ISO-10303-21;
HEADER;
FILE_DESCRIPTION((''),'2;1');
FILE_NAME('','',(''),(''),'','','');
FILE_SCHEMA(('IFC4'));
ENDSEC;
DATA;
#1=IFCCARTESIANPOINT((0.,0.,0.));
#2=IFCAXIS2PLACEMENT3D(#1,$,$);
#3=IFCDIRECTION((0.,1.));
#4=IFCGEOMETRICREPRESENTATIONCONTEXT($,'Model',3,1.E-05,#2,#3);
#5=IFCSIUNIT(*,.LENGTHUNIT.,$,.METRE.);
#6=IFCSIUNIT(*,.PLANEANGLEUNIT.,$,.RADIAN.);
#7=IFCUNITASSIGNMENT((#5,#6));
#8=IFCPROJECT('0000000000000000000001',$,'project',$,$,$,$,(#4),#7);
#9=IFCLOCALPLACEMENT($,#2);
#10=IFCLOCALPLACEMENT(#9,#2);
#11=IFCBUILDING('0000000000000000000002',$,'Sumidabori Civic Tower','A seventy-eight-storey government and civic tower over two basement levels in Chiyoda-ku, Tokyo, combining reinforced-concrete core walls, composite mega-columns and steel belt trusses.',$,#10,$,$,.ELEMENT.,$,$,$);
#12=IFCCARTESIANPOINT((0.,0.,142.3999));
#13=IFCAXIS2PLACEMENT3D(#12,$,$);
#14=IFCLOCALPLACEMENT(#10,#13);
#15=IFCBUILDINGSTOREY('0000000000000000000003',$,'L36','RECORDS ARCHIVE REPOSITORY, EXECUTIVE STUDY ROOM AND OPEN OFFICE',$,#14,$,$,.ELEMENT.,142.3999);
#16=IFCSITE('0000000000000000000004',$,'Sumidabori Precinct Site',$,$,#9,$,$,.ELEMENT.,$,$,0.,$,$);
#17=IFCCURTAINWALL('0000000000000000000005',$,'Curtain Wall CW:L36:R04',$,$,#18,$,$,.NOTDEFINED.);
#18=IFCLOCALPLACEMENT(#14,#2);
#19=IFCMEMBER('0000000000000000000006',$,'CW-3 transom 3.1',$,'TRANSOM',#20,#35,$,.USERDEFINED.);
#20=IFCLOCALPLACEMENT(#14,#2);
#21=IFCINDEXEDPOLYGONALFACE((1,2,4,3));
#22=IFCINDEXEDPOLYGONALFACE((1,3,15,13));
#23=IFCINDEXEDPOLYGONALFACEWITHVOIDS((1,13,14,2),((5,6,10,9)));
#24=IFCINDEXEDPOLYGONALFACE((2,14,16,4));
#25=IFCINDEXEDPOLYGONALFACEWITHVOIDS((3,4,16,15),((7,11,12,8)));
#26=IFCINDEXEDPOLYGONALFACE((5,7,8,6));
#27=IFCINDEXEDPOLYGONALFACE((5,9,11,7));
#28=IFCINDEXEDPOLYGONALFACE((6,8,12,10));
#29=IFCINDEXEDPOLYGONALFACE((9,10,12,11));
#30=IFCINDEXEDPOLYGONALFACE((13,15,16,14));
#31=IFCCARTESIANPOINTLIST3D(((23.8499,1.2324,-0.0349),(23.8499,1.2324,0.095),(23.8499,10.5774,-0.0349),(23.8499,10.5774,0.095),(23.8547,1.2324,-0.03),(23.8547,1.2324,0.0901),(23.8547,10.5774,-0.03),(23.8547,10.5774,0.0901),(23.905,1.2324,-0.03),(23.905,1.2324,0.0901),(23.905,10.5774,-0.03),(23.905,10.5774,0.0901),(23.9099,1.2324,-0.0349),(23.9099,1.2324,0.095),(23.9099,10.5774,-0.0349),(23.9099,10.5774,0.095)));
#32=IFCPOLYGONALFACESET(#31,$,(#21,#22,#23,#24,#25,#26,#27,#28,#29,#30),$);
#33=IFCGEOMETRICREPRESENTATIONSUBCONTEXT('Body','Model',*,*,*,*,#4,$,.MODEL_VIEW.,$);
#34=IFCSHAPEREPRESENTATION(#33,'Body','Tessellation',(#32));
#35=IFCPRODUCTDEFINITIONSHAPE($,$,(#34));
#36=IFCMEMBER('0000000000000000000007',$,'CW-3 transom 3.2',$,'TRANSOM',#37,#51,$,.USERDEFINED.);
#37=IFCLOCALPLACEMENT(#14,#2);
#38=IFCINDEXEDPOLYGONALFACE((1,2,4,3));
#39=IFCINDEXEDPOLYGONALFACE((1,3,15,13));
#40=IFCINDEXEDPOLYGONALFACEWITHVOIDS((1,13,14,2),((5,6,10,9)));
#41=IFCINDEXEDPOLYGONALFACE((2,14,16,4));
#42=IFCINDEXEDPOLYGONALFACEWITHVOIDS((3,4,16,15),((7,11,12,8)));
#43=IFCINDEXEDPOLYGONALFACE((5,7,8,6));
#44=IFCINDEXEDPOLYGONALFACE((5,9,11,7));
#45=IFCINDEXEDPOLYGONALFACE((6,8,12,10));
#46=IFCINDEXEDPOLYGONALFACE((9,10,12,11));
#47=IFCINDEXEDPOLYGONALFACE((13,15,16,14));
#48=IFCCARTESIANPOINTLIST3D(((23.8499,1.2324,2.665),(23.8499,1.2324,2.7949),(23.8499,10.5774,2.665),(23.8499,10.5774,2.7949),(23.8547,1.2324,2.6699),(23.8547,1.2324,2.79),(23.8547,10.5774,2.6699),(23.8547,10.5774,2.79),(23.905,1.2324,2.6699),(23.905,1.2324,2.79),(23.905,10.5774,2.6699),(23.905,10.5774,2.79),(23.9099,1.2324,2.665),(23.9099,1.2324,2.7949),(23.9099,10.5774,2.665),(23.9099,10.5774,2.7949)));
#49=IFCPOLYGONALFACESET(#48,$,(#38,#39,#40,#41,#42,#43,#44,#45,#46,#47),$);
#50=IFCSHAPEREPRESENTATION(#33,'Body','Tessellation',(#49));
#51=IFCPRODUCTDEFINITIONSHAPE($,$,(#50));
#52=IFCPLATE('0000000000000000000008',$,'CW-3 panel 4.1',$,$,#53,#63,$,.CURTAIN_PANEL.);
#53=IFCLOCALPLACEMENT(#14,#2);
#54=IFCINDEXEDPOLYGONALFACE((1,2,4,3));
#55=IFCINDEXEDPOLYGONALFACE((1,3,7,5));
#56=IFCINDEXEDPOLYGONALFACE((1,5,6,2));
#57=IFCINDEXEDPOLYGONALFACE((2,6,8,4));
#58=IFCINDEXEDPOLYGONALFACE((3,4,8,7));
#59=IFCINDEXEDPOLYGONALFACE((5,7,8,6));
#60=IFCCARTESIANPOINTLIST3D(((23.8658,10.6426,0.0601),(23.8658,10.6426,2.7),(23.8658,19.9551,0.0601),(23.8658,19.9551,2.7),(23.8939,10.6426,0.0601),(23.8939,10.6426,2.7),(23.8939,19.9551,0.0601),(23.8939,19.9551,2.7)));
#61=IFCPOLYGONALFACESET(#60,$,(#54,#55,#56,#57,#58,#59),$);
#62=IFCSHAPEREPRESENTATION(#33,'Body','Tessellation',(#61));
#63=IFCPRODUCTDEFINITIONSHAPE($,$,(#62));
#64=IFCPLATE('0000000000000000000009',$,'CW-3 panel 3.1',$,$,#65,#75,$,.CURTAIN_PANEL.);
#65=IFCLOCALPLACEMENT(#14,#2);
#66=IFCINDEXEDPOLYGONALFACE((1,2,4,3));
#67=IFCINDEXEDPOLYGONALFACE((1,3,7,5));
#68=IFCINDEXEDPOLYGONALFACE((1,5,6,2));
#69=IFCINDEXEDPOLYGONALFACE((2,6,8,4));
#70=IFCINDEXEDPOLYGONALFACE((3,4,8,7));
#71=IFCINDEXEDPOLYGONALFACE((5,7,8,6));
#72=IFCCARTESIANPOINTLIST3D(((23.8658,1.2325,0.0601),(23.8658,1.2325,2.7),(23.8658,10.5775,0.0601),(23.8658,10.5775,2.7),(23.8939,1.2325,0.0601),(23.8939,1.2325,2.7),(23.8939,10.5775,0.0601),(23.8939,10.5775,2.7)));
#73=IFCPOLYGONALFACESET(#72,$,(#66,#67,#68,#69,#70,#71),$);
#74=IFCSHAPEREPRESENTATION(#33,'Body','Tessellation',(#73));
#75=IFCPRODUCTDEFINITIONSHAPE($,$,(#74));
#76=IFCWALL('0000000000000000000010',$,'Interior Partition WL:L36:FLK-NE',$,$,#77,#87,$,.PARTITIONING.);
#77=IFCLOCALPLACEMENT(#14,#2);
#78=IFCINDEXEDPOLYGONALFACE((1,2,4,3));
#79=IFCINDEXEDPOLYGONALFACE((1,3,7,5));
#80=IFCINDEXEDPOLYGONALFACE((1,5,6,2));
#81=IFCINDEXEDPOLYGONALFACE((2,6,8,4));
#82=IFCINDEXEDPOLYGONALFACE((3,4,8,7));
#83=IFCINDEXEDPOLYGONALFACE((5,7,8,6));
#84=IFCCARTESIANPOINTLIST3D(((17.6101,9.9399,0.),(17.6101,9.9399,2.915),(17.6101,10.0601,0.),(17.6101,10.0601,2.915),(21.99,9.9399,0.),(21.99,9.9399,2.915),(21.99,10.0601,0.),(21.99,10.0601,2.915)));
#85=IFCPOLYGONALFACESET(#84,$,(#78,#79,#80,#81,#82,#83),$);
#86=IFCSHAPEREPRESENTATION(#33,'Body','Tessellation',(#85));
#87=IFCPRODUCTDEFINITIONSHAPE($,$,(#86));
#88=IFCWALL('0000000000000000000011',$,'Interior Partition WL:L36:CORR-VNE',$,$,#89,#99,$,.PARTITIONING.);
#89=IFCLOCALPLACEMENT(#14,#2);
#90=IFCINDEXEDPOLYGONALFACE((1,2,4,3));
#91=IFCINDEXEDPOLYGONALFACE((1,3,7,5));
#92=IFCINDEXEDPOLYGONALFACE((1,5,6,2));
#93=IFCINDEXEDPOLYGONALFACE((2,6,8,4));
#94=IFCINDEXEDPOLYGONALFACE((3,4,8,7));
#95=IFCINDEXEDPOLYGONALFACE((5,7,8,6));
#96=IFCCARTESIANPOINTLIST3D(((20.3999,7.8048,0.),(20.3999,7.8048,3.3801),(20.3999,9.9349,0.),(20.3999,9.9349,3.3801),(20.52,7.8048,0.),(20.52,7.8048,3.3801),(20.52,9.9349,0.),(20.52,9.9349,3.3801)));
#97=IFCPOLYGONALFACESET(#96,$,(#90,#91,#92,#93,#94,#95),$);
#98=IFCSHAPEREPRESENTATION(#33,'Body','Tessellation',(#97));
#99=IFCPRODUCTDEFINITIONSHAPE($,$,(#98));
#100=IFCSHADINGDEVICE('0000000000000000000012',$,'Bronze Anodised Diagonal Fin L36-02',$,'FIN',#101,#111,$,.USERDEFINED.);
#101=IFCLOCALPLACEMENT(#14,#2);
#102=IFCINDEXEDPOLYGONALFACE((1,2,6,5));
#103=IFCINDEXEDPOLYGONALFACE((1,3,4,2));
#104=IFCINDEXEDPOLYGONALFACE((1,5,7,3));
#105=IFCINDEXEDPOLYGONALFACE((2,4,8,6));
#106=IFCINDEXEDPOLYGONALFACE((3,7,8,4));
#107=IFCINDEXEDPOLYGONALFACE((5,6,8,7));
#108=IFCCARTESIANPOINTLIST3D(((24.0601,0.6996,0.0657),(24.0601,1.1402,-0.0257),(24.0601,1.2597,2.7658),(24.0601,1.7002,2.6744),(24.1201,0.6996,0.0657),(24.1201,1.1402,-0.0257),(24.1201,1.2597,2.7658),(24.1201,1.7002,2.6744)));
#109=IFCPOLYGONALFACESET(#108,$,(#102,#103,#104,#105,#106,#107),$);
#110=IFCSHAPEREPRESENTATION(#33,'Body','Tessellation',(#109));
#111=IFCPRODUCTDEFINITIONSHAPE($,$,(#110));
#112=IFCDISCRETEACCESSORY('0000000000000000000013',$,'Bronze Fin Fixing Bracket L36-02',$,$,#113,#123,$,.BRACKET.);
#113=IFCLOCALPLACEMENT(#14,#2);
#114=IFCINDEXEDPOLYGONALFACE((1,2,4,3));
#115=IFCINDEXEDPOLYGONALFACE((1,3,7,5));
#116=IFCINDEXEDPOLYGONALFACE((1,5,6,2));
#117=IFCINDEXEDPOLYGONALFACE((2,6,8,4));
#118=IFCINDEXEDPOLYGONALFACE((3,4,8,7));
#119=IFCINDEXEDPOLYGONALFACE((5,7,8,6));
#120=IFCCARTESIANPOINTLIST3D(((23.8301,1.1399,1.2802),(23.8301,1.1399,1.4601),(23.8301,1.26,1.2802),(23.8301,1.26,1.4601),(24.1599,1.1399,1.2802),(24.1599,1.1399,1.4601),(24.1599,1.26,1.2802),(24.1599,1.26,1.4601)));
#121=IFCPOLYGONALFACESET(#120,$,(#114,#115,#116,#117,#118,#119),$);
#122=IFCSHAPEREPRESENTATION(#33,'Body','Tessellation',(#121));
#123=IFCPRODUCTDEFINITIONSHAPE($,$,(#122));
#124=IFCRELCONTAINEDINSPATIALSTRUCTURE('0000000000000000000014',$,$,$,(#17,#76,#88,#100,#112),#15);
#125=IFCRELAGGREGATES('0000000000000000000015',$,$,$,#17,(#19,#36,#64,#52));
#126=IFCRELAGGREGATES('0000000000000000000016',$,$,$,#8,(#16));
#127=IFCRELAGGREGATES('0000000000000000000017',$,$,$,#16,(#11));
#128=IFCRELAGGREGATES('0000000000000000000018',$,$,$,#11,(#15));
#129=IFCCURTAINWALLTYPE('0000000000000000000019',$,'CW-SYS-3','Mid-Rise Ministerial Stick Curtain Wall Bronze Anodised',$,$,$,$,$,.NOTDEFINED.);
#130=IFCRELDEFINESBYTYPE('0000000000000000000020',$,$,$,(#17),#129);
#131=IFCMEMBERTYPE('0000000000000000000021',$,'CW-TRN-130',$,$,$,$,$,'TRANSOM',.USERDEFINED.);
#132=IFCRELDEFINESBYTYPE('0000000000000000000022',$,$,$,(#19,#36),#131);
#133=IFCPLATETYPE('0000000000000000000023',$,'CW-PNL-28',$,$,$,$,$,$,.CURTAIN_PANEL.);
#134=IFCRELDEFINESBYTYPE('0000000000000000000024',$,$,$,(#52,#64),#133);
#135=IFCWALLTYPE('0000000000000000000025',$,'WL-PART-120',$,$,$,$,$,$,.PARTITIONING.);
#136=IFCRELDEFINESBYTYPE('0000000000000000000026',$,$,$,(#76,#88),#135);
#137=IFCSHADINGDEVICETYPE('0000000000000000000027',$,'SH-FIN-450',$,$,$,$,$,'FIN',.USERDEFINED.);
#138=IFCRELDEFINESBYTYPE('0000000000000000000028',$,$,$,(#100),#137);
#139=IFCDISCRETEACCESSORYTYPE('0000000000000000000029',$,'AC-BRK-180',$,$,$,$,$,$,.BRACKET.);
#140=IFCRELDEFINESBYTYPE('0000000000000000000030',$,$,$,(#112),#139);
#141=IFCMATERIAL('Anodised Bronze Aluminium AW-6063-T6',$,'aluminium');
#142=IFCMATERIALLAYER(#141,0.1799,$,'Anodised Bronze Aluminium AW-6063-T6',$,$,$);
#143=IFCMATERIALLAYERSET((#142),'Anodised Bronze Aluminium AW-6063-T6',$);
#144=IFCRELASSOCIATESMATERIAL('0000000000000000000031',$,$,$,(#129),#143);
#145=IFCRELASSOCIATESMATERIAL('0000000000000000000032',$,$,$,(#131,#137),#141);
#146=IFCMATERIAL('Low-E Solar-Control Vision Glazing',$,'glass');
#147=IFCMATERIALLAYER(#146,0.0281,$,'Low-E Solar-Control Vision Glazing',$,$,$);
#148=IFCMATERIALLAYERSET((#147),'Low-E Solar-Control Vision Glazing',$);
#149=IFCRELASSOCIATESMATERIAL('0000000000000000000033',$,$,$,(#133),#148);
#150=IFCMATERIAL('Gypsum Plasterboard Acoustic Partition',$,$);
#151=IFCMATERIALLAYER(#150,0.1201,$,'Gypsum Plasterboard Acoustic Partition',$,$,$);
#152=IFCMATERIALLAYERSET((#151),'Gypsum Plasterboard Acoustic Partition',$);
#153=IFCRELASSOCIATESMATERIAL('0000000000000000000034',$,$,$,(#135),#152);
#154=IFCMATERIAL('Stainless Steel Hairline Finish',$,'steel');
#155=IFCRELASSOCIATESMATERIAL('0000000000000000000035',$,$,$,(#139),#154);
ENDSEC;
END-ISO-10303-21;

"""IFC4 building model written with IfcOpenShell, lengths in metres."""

from ifc_helpers import new_model, si_unit, direction, frame, frame_2d, origin, origin_2d, place, context, subcontext, project, spatial, rectangle, hollow_rectangle, extrude, source, transform, mapped, material, layer, layer_set, material_profile, profile_set, type_object, element, aggregate, save


model = new_model("IFC4")

# Units and contexts
model_context = context("Model", 3, precision=1e-05, world=origin(), true_north=direction((0.0, 1.0)))
body_context = subcontext(model_context, "Body", "Model", "MODEL_VIEW")
ifc_project = project(units=[si_unit("LENGTHUNIT", "METRE"), si_unit("PLANEANGLEUNIT", "RADIAN")], contexts=[model_context])

# Site, building, storey
site_placement = place(None, origin())
site = spatial("IfcSite", under=ifc_project, at=site_placement, Name="Sumidabori Precinct Site", CompositionType="ELEMENT", RefElevation=0.0)
building_placement = place(site_placement, origin())
building = spatial("IfcBuilding", under=site, at=building_placement, Name="Sumidabori Civic Tower", Description="A seventy-eight-storey government and civic tower over two basement levels in Chiyoda-ku, Tokyo, combining reinforced-concrete core walls, composite mega-columns and steel belt trusses.", CompositionType="ELEMENT")
storey_placement = place(building_placement, frame((0.0, 0.0, 142.3999)))
storey = spatial("IfcBuildingStorey", under=building, at=storey_placement, Name="L36", Description="RECORDS ARCHIVE REPOSITORY, EXECUTIVE STUDY ROOM AND OPEN OFFICE", CompositionType="ELEMENT", Elevation=142.3999)

# Curtain wall, members, plates
ifc_material_1 = material(Name="Anodised Bronze Aluminium AW-6063-T6", Category="aluminium")
ifc_layer_1 = layer(ifc_material_1, 0.1799, Name="Anodised Bronze Aluminium AW-6063-T6")
ifc_layer_set_1 = layer_set([ifc_layer_1], Name="Anodised Bronze Aluminium AW-6063-T6")
curtain_wall_type = type_object("IfcCurtainWallType", Name="CW-SYS-3", Description="Mid-Rise Ministerial Stick Curtain Wall Bronze Anodised", PredefinedType="NOTDEFINED", material=ifc_layer_set_1)
curtain_wall_placement = place(storey_placement, origin())
curtain_wall = element("IfcCurtainWall", 1, at=curtain_wall_placement, inside=storey, type_object=curtain_wall_type, Name="Curtain Wall CW:L36:R04", PredefinedType="NOTDEFINED")
ifc_material_profile_1 = material_profile(ifc_material_1, hollow_rectangle(XDim=0.0601, YDim=0.1299, WallThickness=0.0049, at=origin_2d()), Name="ALU TRANSOM 130x60")
ifc_profile_set_1 = profile_set([ifc_material_profile_1], Name="Anodised Bronze Aluminium AW-6063-T6")
member_type_1 = type_object("IfcMemberType", Name="CW-TRN-130", ElementType="TRANSOM", PredefinedType="USERDEFINED", material=ifc_profile_set_1)
shared_shape_1 = source(origin(), body_context, "Body", "SweptSolid", [
    extrude(hollow_rectangle(XDim=0.0601, YDim=0.1299, WallThickness=0.0049, at=origin_2d()), origin(), (0.0, 0.0, 1.0), 9.345),
])
member_1_placement = place(storey_placement, frame((23.8799, 1.2324, 0.03), z_axis=(0.0, 1.0, 0.0), x_axis=(-1.0, 0.0, 0.0)))
member_1 = element("IfcMember", 2, at=member_1_placement, type_object=member_type_1, Name="CW-3 transom 3.1", ObjectType="TRANSOM", PredefinedType="USERDEFINED", context=body_context, shape_type="MappedRepresentation", body=[
    mapped(shared_shape_1, transform((0.0, 0.0, 0.0), x_axis=(1.0, 0.0, 0.0), y_axis=(0.0, 1.0, 0.0), z_axis=(0.0, 0.0, 1.0), scale=1.0)),
])
member_2_placement = place(storey_placement, frame((23.8799, 1.2324, 2.73), z_axis=(0.0, 1.0, 0.0), x_axis=(-1.0, 0.0, 0.0)))
member_2 = element("IfcMember", 3, at=member_2_placement, type_object=member_type_1, Name="CW-3 transom 3.2", ObjectType="TRANSOM", PredefinedType="USERDEFINED", context=body_context, shape_type="MappedRepresentation", body=[
    mapped(shared_shape_1, transform((0.0, 0.0, 0.0), x_axis=(1.0, 0.0, 0.0), y_axis=(0.0, 1.0, 0.0), z_axis=(0.0, 0.0, 1.0), scale=1.0)),
])
ifc_material_2 = material(Name="Low-E Solar-Control Vision Glazing", Category="glass")
ifc_layer_2 = layer(ifc_material_2, 0.0281, Name="Low-E Solar-Control Vision Glazing")
ifc_layer_set_2 = layer_set([ifc_layer_2], Name="Low-E Solar-Control Vision Glazing")
plate_type = type_object("IfcPlateType", Name="CW-PNL-28", PredefinedType="CURTAIN_PANEL", material=ifc_layer_set_2)
shared_shape_2 = source(origin(), body_context, "Body", "SweptSolid", [
    extrude(rectangle(XDim=9.3125, YDim=0.0281, at=origin_2d()), origin(), (0.0, 0.0, 1.0), 2.6399),
])
plate_1_placement = place(storey_placement, frame((23.8799, 15.2988, 0.0601), z_axis=(0.0, 0.0, 1.0), x_axis=(0.0, 1.0, 0.0)))
plate_1 = element("IfcPlate", 4, at=plate_1_placement, type_object=plate_type, Name="CW-3 panel 4.1", PredefinedType="CURTAIN_PANEL", context=body_context, shape_type="MappedRepresentation", body=[
    mapped(shared_shape_2, transform((0.0, 0.0, 0.0), x_axis=(1.0, 0.0, 0.0), y_axis=(0.0, 1.0, 0.0), z_axis=(0.0, 0.0, 1.0), scale=1.0)),
])
shared_shape_3 = source(origin(), body_context, "Body", "SweptSolid", [
    extrude(rectangle(XDim=9.345, YDim=0.0281, at=origin_2d()), origin(), (0.0, 0.0, 1.0), 2.6399),
])
plate_2_placement = place(storey_placement, frame((23.8799, 5.905, 0.0601), z_axis=(0.0, 0.0, 1.0), x_axis=(0.0, 1.0, 0.0)))
plate_2 = element("IfcPlate", 5, at=plate_2_placement, type_object=plate_type, Name="CW-3 panel 3.1", PredefinedType="CURTAIN_PANEL", context=body_context, shape_type="MappedRepresentation", body=[
    mapped(shared_shape_3, transform((0.0, 0.0, 0.0), x_axis=(1.0, 0.0, 0.0), y_axis=(0.0, 1.0, 0.0), z_axis=(0.0, 0.0, 1.0), scale=1.0)),
])
aggregate(curtain_wall, [member_1, member_2, plate_2, plate_1])

# Walls
ifc_material_3 = material(Name="Gypsum Plasterboard Acoustic Partition")
ifc_layer_3 = layer(ifc_material_3, 0.1201, Name="Gypsum Plasterboard Acoustic Partition")
ifc_layer_set_3 = layer_set([ifc_layer_3], Name="Gypsum Plasterboard Acoustic Partition")
wall_type = type_object("IfcWallType", Name="WL-PART-120", PredefinedType="PARTITIONING", material=ifc_layer_set_3)
shared_shape_4 = source(origin(), body_context, "Body", "SweptSolid", [
    extrude(rectangle(XDim=4.3799, YDim=0.1201, at=frame_2d((2.1899, 0.0))), origin(), (0.0, 0.0, 1.0), 2.915),
])
wall_1_placement = place(storey_placement, frame((17.6101, 10.0, 0.0), z_axis=(0.0, 0.0, 1.0), x_axis=(1.0, 0.0, 0.0)))
element("IfcWall", 6, at=wall_1_placement, inside=storey, type_object=wall_type, Name="Interior Partition WL:L36:FLK-NE", PredefinedType="PARTITIONING", context=body_context, shape_type="MappedRepresentation", body=[
    mapped(shared_shape_4, transform((0.0, 0.0, 0.0), x_axis=(1.0, 0.0, 0.0), y_axis=(0.0, 1.0, 0.0), z_axis=(0.0, 0.0, 1.0), scale=1.0)),
])
shared_shape_5 = source(origin(), body_context, "Body", "SweptSolid", [
    extrude(rectangle(XDim=2.1301, YDim=0.1201, at=frame_2d((1.0649, 0.0))), origin(), (0.0, 0.0, 1.0), 3.3801),
])
wall_2_placement = place(storey_placement, frame((20.46, 7.8049, 0.0), z_axis=(0.0, 0.0, 1.0), x_axis=(0.0, 1.0, 0.0)))
element("IfcWall", 7, at=wall_2_placement, inside=storey, type_object=wall_type, Name="Interior Partition WL:L36:CORR-VNE", PredefinedType="PARTITIONING", context=body_context, shape_type="MappedRepresentation", body=[
    mapped(shared_shape_5, transform((0.0, 0.0, 0.0), x_axis=(1.0, 0.0, 0.0), y_axis=(0.0, 1.0, 0.0), z_axis=(0.0, 0.0, 1.0), scale=1.0)),
])

# Shading device
ifc_material_profile_2 = material_profile(ifc_material_1, rectangle(XDim=0.0601, YDim=0.45, at=origin_2d()), Name="BRONZE FIN 450x60")
ifc_profile_set_2 = profile_set([ifc_material_profile_2], Name="Anodised Bronze Aluminium AW-6063-T6")
shading_device_type = type_object("IfcShadingDeviceType", Name="SH-FIN-450", ElementType="FIN", PredefinedType="USERDEFINED", material=ifc_profile_set_2)
shared_shape_6 = source(origin(), body_context, "Body", "SweptSolid", [
    extrude(rectangle(XDim=0.0601, YDim=0.45, at=origin_2d()), origin(), (0.0, 0.0, 1.0), 2.7576),
])
shading_device_placement = place(storey_placement, frame((24.0901, 0.9199, 0.02), z_axis=(0.0, 0.203092, 0.97916), x_axis=(-1.0, 0.0, 0.0)))
element("IfcShadingDevice", 8, at=shading_device_placement, inside=storey, type_object=shading_device_type, Name="Bronze Anodised Diagonal Fin L36-02", ObjectType="FIN", PredefinedType="USERDEFINED", context=body_context, shape_type="MappedRepresentation", body=[
    mapped(shared_shape_6, transform((0.0, 0.0, 0.0), x_axis=(1.0, 0.0, 0.0), y_axis=(0.0, 1.0, 0.0), z_axis=(0.0, 0.0, 1.0), scale=1.0)),
])

# Discrete accessory
ifc_material_4 = material(Name="Stainless Steel Hairline Finish", Category="steel")
ifc_material_profile_3 = material_profile(ifc_material_4, rectangle(XDim=0.1201, YDim=0.1799, at=origin_2d()), Name="STEEL BRACKET 180x120")
ifc_profile_set_3 = profile_set([ifc_material_profile_3], Name="Stainless Steel Hairline Finish")
discrete_accessory_type = type_object("IfcDiscreteAccessoryType", Name="AC-BRK-180", PredefinedType="BRACKET", material=ifc_profile_set_3)
shared_shape_7 = source(origin(), body_context, "Body", "SweptSolid", [
    extrude(rectangle(XDim=0.1201, YDim=0.1799, at=origin_2d()), origin(), (0.0, 0.0, 1.0), 0.3298),
])
discrete_accessory_placement = place(storey_placement, frame((23.8301, 1.2, 1.3701), z_axis=(1.0, 0.0, 0.0), x_axis=(0.0, 1.0, 0.0)))
element("IfcDiscreteAccessory", 9, at=discrete_accessory_placement, inside=storey, type_object=discrete_accessory_type, Name="Bronze Fin Fixing Bracket L36-02", PredefinedType="BRACKET", context=body_context, shape_type="MappedRepresentation", body=[
    mapped(shared_shape_7, transform((0.0, 0.0, 0.0), x_axis=(1.0, 0.0, 0.0), y_axis=(0.0, 1.0, 0.0), z_axis=(0.0, 0.0, 1.0), scale=1.0)),
])

save(model, "model.ifc")
